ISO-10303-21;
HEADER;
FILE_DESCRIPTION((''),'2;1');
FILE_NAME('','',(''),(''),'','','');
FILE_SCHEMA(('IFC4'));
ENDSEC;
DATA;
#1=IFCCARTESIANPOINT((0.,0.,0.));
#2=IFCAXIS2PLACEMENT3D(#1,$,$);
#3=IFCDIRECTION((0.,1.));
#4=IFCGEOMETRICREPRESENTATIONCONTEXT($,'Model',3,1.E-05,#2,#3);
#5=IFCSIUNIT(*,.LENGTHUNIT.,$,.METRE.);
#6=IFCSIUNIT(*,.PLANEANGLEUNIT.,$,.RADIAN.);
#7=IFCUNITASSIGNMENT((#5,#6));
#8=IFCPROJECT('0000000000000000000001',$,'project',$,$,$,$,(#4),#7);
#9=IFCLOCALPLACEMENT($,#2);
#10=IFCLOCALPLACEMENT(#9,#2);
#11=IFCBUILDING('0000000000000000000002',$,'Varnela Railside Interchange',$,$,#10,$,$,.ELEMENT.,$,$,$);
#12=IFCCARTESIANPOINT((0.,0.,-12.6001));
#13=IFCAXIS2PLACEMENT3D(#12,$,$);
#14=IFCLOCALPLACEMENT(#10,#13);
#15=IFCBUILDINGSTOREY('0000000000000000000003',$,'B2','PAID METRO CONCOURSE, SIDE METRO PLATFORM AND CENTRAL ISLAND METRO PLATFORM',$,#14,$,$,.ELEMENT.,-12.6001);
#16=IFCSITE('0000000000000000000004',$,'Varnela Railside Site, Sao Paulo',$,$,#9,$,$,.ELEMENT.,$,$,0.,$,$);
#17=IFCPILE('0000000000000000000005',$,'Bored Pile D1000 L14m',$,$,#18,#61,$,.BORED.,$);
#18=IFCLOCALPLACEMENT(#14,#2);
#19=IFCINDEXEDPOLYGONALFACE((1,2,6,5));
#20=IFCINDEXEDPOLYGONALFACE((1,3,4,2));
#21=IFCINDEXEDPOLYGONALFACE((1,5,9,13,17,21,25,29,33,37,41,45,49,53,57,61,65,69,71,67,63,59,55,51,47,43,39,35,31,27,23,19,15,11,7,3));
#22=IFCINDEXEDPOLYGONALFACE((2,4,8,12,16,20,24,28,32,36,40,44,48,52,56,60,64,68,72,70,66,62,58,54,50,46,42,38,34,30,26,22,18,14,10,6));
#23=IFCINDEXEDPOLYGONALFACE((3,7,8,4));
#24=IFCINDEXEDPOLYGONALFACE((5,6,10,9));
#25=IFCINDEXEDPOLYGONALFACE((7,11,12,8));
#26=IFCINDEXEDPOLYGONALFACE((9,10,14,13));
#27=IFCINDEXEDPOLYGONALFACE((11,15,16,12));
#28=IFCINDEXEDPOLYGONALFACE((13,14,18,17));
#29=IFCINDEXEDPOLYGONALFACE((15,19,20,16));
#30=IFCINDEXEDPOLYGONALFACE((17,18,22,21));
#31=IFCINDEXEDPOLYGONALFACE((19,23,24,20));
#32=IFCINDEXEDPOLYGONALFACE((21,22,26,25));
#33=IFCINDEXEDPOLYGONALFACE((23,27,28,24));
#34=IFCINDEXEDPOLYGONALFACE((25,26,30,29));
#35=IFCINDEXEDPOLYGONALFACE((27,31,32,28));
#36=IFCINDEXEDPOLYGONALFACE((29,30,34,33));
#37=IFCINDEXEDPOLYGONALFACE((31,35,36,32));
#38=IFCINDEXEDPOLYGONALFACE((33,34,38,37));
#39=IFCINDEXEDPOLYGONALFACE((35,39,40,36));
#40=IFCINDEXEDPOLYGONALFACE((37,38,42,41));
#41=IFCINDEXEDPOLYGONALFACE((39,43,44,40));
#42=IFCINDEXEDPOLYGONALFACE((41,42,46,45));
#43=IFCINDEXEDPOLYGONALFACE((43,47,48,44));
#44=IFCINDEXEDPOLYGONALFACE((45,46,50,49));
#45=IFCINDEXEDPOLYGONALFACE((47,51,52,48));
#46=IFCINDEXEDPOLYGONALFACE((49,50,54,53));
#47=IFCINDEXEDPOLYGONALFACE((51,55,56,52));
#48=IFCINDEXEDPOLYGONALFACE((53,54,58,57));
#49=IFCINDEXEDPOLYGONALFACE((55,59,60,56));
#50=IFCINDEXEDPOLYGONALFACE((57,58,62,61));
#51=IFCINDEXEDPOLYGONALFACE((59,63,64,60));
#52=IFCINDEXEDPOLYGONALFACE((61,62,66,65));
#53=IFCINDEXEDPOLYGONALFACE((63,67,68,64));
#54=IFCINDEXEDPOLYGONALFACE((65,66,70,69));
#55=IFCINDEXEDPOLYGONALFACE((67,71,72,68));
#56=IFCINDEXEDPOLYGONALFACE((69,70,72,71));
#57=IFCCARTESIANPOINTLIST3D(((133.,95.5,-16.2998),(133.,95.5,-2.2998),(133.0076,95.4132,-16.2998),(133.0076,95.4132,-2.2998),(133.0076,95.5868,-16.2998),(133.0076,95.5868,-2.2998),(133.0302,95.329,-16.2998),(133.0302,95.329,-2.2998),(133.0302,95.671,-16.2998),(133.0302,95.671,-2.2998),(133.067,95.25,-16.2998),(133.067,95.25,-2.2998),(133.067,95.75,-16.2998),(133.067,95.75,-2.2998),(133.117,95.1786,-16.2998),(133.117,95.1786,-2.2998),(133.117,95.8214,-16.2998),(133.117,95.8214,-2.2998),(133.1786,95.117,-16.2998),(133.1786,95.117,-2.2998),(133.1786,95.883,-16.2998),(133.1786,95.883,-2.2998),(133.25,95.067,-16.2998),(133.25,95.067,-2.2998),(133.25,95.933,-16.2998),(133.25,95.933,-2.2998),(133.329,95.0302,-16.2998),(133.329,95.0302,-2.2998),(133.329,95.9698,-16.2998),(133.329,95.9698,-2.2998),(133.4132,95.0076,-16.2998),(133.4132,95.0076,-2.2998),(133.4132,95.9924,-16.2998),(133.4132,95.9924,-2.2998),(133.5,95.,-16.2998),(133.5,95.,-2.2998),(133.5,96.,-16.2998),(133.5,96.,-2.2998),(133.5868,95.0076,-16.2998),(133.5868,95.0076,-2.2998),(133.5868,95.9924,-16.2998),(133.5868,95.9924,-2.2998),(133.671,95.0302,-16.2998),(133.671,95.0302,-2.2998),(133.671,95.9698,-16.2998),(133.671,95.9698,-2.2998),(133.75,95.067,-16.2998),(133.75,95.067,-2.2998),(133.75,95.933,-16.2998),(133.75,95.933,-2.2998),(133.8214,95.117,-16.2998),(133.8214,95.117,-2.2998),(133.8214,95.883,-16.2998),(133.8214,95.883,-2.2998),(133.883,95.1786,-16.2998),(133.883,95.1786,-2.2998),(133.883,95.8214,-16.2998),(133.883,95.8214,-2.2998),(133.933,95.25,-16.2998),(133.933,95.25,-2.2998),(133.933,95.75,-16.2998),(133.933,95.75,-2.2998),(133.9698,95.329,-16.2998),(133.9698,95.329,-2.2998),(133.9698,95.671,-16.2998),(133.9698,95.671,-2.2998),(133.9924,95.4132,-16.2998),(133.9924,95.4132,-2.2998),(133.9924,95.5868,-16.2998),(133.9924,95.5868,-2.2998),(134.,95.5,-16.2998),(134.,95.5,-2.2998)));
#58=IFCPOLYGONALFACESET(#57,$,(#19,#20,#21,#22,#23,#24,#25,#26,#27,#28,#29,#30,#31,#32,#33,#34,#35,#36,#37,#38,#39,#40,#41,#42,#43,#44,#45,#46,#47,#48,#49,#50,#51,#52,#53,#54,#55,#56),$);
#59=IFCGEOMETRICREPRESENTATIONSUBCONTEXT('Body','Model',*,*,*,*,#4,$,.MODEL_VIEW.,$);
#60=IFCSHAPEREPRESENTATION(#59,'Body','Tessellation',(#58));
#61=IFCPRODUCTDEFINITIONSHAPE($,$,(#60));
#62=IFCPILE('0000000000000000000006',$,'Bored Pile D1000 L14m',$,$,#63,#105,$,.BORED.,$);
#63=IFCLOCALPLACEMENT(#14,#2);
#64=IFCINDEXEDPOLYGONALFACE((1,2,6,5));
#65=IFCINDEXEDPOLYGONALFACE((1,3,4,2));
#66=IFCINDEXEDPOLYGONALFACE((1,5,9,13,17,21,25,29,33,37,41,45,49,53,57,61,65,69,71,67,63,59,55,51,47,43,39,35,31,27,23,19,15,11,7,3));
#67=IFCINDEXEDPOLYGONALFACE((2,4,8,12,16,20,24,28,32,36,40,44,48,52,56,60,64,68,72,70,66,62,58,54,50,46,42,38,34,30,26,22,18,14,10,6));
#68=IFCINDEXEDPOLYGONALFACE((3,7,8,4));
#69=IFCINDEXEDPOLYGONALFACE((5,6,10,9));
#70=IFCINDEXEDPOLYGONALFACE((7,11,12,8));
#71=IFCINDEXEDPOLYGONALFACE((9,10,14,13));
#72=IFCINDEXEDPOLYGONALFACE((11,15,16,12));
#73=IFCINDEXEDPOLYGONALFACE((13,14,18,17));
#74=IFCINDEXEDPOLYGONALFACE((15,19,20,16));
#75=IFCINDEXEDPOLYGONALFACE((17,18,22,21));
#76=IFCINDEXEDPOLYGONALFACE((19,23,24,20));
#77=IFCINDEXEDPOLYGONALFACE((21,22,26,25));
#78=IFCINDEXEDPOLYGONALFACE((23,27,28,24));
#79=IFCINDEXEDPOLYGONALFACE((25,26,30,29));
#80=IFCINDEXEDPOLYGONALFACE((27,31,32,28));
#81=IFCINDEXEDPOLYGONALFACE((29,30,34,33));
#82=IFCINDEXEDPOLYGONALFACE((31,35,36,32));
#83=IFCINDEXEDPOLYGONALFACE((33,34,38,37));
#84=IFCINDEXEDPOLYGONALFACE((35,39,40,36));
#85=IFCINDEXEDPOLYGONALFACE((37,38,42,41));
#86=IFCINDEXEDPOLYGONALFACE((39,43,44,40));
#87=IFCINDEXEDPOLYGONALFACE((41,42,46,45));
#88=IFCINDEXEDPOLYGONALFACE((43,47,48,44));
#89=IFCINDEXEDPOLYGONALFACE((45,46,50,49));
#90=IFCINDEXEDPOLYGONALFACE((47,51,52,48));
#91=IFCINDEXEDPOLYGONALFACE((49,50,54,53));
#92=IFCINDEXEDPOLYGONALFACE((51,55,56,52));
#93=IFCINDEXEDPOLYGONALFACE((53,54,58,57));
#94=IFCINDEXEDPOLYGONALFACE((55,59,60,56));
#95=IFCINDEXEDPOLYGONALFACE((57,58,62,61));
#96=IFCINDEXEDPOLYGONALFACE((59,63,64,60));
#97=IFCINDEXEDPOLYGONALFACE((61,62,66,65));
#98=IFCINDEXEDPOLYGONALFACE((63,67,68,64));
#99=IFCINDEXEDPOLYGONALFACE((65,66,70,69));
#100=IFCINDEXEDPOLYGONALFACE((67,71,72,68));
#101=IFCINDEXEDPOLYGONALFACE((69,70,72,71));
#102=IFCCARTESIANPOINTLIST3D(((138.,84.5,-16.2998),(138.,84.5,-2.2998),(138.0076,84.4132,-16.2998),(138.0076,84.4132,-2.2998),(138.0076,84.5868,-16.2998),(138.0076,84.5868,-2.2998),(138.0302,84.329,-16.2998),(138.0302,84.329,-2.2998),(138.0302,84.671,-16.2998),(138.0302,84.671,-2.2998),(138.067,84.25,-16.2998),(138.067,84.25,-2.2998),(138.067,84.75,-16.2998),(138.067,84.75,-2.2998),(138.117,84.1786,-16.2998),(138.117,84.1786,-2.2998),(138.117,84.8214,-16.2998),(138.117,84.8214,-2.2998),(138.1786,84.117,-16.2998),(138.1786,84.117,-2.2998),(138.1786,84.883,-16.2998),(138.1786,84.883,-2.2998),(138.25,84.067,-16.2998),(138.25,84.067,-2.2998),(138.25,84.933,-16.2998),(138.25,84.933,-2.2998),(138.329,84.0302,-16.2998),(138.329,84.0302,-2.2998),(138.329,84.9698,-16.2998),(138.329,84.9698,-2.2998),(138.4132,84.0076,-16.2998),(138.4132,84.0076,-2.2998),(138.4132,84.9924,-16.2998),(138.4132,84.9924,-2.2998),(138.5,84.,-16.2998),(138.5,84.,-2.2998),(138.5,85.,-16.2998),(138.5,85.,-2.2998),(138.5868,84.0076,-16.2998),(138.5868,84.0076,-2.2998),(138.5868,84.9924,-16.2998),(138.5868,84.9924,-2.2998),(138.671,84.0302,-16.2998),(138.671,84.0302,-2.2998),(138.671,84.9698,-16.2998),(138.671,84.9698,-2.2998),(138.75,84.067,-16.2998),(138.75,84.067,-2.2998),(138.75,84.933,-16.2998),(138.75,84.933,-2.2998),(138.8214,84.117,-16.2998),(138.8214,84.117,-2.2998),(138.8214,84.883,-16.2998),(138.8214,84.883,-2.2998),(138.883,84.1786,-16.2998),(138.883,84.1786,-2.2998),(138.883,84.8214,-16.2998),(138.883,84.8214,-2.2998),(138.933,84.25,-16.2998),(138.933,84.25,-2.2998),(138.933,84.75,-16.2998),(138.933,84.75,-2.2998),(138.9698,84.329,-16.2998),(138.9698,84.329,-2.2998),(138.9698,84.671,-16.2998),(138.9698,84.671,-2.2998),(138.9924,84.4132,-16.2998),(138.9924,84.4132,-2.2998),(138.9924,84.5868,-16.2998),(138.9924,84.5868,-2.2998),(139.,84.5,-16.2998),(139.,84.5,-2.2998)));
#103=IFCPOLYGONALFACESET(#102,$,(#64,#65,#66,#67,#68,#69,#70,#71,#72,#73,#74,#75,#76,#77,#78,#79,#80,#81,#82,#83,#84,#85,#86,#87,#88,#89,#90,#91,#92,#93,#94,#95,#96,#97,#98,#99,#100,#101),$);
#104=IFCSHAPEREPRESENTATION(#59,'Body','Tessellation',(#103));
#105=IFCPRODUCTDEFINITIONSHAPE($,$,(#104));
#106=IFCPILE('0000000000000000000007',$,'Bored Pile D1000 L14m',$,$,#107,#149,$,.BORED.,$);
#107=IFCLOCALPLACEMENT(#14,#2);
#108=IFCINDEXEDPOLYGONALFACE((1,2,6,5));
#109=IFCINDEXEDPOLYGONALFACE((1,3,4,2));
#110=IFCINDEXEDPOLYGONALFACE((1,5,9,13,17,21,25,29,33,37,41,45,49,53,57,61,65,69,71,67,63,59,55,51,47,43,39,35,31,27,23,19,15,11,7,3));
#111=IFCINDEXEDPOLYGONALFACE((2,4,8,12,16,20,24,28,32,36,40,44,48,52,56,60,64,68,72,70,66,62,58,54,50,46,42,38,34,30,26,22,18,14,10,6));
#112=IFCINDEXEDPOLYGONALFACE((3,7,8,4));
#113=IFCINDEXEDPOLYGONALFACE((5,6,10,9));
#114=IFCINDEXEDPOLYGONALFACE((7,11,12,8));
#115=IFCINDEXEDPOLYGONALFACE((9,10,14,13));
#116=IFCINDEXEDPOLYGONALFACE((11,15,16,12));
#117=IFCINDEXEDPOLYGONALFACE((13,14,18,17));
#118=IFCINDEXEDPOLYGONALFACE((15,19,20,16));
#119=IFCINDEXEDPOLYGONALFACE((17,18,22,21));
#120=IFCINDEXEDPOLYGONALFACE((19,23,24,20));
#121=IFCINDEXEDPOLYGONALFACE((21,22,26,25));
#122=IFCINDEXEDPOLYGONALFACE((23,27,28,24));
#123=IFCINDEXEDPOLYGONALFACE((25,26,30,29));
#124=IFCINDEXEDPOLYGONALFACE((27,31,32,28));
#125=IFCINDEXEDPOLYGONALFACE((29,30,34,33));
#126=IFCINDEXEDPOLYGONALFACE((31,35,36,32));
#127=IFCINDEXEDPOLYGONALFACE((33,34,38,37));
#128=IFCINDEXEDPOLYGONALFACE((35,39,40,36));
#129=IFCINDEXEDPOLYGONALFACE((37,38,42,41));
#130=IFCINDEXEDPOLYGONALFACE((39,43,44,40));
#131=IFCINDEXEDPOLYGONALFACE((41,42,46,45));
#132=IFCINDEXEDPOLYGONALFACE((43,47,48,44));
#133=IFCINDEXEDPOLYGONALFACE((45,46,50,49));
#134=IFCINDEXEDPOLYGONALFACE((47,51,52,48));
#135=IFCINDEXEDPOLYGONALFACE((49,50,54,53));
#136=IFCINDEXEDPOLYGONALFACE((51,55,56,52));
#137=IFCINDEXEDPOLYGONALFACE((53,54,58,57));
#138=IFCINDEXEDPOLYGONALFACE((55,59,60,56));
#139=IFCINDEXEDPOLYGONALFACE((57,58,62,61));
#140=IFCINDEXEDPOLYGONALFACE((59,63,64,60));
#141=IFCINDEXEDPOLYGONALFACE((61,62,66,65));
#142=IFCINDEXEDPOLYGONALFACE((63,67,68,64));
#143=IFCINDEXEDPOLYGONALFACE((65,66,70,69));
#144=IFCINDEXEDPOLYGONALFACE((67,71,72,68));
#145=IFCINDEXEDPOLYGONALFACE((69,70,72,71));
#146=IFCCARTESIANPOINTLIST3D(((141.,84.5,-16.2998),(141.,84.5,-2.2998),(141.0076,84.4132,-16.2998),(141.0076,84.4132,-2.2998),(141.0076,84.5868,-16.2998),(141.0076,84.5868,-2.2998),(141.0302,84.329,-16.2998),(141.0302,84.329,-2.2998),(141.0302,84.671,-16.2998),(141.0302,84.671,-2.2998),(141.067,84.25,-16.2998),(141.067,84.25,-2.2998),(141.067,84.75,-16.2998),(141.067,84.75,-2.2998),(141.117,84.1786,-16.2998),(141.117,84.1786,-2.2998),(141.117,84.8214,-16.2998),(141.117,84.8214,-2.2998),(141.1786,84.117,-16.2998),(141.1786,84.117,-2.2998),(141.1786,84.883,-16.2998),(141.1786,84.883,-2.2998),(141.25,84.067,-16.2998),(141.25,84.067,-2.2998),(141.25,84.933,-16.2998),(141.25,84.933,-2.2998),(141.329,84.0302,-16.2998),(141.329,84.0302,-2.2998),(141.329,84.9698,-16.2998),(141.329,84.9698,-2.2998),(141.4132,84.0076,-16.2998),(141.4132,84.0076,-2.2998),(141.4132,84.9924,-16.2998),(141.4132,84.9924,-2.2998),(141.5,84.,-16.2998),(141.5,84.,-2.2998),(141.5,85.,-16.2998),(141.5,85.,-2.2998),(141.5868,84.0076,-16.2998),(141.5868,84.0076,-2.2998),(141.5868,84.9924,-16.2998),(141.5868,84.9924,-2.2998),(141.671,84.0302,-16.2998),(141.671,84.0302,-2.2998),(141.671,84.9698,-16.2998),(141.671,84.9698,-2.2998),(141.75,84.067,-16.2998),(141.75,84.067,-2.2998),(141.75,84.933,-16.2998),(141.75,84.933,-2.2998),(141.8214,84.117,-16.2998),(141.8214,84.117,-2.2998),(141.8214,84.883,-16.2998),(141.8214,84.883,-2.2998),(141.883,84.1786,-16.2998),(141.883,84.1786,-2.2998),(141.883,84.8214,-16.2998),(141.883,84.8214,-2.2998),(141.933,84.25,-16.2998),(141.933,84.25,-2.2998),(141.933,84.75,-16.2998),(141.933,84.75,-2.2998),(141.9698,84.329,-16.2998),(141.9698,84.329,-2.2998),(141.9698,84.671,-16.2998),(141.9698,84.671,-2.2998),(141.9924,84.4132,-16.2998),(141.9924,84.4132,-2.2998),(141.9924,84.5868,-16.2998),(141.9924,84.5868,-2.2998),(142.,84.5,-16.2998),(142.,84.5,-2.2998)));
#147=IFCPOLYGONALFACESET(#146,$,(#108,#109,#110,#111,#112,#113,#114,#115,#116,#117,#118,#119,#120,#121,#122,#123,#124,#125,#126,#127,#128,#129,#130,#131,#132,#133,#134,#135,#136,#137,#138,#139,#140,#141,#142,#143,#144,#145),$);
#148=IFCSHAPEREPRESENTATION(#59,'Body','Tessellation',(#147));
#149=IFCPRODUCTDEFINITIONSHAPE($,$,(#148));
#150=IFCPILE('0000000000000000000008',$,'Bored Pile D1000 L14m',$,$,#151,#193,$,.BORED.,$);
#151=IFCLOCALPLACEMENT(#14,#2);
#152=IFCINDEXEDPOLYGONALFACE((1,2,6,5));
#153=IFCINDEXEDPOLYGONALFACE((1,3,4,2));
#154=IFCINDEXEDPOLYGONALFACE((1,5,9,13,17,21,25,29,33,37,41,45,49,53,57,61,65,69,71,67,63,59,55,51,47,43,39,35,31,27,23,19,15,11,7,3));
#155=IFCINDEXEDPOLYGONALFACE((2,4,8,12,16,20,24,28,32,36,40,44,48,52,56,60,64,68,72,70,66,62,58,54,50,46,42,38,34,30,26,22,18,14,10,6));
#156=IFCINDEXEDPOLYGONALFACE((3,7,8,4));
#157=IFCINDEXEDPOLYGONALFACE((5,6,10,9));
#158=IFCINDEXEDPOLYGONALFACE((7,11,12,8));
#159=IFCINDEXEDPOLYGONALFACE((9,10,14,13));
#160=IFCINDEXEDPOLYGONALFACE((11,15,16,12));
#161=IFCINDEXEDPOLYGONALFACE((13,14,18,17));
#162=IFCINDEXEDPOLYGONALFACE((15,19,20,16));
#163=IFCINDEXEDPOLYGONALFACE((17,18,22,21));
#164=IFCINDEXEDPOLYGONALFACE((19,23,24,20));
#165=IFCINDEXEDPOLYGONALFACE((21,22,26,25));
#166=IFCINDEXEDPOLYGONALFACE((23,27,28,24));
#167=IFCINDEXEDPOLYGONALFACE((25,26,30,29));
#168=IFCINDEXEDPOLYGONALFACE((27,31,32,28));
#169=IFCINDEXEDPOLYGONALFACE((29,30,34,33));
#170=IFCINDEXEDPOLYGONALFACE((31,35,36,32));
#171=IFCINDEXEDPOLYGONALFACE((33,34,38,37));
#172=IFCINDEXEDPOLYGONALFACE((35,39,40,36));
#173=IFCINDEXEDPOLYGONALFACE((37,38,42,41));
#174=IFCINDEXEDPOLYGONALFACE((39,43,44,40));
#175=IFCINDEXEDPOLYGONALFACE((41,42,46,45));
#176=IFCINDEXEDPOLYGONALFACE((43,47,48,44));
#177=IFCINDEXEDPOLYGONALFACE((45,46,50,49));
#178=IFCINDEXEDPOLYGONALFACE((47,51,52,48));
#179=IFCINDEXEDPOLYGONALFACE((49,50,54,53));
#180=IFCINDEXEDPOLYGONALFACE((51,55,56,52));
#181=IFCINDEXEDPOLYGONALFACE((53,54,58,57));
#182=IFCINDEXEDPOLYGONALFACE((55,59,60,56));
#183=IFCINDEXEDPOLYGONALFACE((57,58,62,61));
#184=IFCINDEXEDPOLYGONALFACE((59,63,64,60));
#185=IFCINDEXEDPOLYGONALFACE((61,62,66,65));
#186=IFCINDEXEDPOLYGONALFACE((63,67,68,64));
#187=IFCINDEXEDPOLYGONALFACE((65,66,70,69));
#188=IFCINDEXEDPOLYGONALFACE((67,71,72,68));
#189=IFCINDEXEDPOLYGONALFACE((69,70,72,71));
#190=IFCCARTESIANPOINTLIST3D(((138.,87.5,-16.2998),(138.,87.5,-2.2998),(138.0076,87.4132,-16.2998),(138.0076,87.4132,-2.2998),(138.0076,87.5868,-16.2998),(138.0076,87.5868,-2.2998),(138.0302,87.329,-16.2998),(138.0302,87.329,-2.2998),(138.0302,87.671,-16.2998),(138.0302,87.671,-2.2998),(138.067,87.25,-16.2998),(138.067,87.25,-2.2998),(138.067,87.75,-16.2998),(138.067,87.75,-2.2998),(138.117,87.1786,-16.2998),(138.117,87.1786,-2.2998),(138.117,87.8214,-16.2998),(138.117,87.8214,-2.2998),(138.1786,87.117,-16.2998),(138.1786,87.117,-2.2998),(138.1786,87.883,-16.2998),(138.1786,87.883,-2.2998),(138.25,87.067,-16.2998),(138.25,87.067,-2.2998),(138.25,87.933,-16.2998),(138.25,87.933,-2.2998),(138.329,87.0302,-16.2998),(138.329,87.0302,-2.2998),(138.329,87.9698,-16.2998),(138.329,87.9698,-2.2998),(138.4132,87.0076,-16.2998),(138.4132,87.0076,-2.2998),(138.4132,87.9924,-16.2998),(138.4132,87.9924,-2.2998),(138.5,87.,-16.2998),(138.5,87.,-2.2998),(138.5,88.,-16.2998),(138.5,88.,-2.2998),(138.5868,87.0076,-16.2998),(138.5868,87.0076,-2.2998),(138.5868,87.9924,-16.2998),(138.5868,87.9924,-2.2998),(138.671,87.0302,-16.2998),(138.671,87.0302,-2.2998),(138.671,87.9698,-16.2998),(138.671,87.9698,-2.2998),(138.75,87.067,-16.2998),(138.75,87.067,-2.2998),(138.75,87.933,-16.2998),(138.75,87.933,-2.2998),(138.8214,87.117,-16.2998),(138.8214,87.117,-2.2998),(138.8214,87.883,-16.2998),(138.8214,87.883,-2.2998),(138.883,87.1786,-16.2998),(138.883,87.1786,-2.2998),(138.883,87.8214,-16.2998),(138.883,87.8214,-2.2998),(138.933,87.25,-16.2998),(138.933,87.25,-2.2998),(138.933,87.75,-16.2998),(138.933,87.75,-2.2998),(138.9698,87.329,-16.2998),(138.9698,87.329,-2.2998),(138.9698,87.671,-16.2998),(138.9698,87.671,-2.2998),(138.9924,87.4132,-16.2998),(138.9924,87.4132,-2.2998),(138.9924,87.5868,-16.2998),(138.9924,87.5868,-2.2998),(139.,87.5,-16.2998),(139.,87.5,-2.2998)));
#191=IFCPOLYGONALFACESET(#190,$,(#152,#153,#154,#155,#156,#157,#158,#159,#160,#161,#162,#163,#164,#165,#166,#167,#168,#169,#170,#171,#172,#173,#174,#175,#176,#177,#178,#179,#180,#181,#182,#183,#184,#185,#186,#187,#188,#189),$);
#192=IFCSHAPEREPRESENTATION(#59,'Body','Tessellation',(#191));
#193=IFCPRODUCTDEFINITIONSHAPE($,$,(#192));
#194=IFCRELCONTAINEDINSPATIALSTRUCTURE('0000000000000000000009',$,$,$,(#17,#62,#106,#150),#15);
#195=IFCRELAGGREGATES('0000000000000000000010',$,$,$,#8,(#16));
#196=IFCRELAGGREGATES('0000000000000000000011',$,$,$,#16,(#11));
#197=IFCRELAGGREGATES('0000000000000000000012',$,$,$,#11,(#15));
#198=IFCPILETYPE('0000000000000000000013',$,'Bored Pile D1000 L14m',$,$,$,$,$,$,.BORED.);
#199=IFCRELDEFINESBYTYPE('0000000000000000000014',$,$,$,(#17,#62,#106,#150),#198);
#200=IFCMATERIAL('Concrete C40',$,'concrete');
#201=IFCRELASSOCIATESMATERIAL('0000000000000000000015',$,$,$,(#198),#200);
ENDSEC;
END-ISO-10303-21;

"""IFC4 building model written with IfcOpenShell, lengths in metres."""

from ifc_helpers import new_model, si_unit, direction, frame, origin, origin_2d, place, context, subcontext, project, spatial, circle, extrude, material, material_profile, profile_set, type_object, element, save


model = new_model("IFC4")

# Units and contexts
model_context = context("Model", 3, precision=1e-05, world=origin(), true_north=direction((0.0, 1.0)))
body_context = subcontext(model_context, "Body", "Model", "MODEL_VIEW")
ifc_project = project(units=[si_unit("LENGTHUNIT", "METRE"), si_unit("PLANEANGLEUNIT", "RADIAN")], contexts=[model_context])

# Site, building, storey
site_placement = place(None, origin())
site = spatial("IfcSite", under=ifc_project, at=site_placement, Name="Varnela Railside Site, Sao Paulo", CompositionType="ELEMENT", RefElevation=0.0)
building_placement = place(site_placement, origin())
building = spatial("IfcBuilding", under=site, at=building_placement, Name="Varnela Railside Interchange", CompositionType="ELEMENT")
storey_placement = place(building_placement, frame((0.0, 0.0, -12.6001)))
storey = spatial("IfcBuildingStorey", under=building, at=storey_placement, Name="B2", Description="PAID METRO CONCOURSE, SIDE METRO PLATFORM AND CENTRAL ISLAND METRO PLATFORM", CompositionType="ELEMENT", Elevation=-12.6001)

# Piles
ifc_material_1 = material(Name="Concrete C40", Category="concrete")
ifc_material_profile_1 = material_profile(ifc_material_1, circle(Radius=0.5, at=origin_2d()), Name="BORED PILE D1000")
ifc_profile_set_1 = profile_set([ifc_material_profile_1], Name="Concrete C40")
pile_type_1 = type_object("IfcPileType", Name="Bored Pile D1000 L14m", PredefinedType="BORED", material=ifc_profile_set_1)
for number, where, z_axis, x_axis, name in (
    (1, (133.5, 95.5, -2.2998), (0.0, 0.0, -1.0), (1.0, 0.0, 0.0), "Bored Pile D1000 L14m"),
    (2, (138.5, 84.5, -2.2998), (0.0, 0.0, -1.0), (1.0, 0.0, 0.0), "Bored Pile D1000 L14m"),
    (3, (141.5, 84.5, -2.2998), (0.0, 0.0, -1.0), (1.0, 0.0, 0.0), "Bored Pile D1000 L14m"),
    (4, (138.5, 87.5, -2.2998), (0.0, 0.0, -1.0), (1.0, 0.0, 0.0), "Bored Pile D1000 L14m"),
):
    element("IfcPile", number, at=place(storey_placement, frame(where, z_axis=z_axis, x_axis=x_axis)), inside=storey, type_object=pile_type_1, Name=name, PredefinedType="BORED", context=body_context, shape_type="SweptSolid", body=[
        extrude(circle(Radius=0.5, at=origin_2d()), origin(), (0.0, 0.0, 1.0), 14.0),
    ])

save(model, "model.ifc")
